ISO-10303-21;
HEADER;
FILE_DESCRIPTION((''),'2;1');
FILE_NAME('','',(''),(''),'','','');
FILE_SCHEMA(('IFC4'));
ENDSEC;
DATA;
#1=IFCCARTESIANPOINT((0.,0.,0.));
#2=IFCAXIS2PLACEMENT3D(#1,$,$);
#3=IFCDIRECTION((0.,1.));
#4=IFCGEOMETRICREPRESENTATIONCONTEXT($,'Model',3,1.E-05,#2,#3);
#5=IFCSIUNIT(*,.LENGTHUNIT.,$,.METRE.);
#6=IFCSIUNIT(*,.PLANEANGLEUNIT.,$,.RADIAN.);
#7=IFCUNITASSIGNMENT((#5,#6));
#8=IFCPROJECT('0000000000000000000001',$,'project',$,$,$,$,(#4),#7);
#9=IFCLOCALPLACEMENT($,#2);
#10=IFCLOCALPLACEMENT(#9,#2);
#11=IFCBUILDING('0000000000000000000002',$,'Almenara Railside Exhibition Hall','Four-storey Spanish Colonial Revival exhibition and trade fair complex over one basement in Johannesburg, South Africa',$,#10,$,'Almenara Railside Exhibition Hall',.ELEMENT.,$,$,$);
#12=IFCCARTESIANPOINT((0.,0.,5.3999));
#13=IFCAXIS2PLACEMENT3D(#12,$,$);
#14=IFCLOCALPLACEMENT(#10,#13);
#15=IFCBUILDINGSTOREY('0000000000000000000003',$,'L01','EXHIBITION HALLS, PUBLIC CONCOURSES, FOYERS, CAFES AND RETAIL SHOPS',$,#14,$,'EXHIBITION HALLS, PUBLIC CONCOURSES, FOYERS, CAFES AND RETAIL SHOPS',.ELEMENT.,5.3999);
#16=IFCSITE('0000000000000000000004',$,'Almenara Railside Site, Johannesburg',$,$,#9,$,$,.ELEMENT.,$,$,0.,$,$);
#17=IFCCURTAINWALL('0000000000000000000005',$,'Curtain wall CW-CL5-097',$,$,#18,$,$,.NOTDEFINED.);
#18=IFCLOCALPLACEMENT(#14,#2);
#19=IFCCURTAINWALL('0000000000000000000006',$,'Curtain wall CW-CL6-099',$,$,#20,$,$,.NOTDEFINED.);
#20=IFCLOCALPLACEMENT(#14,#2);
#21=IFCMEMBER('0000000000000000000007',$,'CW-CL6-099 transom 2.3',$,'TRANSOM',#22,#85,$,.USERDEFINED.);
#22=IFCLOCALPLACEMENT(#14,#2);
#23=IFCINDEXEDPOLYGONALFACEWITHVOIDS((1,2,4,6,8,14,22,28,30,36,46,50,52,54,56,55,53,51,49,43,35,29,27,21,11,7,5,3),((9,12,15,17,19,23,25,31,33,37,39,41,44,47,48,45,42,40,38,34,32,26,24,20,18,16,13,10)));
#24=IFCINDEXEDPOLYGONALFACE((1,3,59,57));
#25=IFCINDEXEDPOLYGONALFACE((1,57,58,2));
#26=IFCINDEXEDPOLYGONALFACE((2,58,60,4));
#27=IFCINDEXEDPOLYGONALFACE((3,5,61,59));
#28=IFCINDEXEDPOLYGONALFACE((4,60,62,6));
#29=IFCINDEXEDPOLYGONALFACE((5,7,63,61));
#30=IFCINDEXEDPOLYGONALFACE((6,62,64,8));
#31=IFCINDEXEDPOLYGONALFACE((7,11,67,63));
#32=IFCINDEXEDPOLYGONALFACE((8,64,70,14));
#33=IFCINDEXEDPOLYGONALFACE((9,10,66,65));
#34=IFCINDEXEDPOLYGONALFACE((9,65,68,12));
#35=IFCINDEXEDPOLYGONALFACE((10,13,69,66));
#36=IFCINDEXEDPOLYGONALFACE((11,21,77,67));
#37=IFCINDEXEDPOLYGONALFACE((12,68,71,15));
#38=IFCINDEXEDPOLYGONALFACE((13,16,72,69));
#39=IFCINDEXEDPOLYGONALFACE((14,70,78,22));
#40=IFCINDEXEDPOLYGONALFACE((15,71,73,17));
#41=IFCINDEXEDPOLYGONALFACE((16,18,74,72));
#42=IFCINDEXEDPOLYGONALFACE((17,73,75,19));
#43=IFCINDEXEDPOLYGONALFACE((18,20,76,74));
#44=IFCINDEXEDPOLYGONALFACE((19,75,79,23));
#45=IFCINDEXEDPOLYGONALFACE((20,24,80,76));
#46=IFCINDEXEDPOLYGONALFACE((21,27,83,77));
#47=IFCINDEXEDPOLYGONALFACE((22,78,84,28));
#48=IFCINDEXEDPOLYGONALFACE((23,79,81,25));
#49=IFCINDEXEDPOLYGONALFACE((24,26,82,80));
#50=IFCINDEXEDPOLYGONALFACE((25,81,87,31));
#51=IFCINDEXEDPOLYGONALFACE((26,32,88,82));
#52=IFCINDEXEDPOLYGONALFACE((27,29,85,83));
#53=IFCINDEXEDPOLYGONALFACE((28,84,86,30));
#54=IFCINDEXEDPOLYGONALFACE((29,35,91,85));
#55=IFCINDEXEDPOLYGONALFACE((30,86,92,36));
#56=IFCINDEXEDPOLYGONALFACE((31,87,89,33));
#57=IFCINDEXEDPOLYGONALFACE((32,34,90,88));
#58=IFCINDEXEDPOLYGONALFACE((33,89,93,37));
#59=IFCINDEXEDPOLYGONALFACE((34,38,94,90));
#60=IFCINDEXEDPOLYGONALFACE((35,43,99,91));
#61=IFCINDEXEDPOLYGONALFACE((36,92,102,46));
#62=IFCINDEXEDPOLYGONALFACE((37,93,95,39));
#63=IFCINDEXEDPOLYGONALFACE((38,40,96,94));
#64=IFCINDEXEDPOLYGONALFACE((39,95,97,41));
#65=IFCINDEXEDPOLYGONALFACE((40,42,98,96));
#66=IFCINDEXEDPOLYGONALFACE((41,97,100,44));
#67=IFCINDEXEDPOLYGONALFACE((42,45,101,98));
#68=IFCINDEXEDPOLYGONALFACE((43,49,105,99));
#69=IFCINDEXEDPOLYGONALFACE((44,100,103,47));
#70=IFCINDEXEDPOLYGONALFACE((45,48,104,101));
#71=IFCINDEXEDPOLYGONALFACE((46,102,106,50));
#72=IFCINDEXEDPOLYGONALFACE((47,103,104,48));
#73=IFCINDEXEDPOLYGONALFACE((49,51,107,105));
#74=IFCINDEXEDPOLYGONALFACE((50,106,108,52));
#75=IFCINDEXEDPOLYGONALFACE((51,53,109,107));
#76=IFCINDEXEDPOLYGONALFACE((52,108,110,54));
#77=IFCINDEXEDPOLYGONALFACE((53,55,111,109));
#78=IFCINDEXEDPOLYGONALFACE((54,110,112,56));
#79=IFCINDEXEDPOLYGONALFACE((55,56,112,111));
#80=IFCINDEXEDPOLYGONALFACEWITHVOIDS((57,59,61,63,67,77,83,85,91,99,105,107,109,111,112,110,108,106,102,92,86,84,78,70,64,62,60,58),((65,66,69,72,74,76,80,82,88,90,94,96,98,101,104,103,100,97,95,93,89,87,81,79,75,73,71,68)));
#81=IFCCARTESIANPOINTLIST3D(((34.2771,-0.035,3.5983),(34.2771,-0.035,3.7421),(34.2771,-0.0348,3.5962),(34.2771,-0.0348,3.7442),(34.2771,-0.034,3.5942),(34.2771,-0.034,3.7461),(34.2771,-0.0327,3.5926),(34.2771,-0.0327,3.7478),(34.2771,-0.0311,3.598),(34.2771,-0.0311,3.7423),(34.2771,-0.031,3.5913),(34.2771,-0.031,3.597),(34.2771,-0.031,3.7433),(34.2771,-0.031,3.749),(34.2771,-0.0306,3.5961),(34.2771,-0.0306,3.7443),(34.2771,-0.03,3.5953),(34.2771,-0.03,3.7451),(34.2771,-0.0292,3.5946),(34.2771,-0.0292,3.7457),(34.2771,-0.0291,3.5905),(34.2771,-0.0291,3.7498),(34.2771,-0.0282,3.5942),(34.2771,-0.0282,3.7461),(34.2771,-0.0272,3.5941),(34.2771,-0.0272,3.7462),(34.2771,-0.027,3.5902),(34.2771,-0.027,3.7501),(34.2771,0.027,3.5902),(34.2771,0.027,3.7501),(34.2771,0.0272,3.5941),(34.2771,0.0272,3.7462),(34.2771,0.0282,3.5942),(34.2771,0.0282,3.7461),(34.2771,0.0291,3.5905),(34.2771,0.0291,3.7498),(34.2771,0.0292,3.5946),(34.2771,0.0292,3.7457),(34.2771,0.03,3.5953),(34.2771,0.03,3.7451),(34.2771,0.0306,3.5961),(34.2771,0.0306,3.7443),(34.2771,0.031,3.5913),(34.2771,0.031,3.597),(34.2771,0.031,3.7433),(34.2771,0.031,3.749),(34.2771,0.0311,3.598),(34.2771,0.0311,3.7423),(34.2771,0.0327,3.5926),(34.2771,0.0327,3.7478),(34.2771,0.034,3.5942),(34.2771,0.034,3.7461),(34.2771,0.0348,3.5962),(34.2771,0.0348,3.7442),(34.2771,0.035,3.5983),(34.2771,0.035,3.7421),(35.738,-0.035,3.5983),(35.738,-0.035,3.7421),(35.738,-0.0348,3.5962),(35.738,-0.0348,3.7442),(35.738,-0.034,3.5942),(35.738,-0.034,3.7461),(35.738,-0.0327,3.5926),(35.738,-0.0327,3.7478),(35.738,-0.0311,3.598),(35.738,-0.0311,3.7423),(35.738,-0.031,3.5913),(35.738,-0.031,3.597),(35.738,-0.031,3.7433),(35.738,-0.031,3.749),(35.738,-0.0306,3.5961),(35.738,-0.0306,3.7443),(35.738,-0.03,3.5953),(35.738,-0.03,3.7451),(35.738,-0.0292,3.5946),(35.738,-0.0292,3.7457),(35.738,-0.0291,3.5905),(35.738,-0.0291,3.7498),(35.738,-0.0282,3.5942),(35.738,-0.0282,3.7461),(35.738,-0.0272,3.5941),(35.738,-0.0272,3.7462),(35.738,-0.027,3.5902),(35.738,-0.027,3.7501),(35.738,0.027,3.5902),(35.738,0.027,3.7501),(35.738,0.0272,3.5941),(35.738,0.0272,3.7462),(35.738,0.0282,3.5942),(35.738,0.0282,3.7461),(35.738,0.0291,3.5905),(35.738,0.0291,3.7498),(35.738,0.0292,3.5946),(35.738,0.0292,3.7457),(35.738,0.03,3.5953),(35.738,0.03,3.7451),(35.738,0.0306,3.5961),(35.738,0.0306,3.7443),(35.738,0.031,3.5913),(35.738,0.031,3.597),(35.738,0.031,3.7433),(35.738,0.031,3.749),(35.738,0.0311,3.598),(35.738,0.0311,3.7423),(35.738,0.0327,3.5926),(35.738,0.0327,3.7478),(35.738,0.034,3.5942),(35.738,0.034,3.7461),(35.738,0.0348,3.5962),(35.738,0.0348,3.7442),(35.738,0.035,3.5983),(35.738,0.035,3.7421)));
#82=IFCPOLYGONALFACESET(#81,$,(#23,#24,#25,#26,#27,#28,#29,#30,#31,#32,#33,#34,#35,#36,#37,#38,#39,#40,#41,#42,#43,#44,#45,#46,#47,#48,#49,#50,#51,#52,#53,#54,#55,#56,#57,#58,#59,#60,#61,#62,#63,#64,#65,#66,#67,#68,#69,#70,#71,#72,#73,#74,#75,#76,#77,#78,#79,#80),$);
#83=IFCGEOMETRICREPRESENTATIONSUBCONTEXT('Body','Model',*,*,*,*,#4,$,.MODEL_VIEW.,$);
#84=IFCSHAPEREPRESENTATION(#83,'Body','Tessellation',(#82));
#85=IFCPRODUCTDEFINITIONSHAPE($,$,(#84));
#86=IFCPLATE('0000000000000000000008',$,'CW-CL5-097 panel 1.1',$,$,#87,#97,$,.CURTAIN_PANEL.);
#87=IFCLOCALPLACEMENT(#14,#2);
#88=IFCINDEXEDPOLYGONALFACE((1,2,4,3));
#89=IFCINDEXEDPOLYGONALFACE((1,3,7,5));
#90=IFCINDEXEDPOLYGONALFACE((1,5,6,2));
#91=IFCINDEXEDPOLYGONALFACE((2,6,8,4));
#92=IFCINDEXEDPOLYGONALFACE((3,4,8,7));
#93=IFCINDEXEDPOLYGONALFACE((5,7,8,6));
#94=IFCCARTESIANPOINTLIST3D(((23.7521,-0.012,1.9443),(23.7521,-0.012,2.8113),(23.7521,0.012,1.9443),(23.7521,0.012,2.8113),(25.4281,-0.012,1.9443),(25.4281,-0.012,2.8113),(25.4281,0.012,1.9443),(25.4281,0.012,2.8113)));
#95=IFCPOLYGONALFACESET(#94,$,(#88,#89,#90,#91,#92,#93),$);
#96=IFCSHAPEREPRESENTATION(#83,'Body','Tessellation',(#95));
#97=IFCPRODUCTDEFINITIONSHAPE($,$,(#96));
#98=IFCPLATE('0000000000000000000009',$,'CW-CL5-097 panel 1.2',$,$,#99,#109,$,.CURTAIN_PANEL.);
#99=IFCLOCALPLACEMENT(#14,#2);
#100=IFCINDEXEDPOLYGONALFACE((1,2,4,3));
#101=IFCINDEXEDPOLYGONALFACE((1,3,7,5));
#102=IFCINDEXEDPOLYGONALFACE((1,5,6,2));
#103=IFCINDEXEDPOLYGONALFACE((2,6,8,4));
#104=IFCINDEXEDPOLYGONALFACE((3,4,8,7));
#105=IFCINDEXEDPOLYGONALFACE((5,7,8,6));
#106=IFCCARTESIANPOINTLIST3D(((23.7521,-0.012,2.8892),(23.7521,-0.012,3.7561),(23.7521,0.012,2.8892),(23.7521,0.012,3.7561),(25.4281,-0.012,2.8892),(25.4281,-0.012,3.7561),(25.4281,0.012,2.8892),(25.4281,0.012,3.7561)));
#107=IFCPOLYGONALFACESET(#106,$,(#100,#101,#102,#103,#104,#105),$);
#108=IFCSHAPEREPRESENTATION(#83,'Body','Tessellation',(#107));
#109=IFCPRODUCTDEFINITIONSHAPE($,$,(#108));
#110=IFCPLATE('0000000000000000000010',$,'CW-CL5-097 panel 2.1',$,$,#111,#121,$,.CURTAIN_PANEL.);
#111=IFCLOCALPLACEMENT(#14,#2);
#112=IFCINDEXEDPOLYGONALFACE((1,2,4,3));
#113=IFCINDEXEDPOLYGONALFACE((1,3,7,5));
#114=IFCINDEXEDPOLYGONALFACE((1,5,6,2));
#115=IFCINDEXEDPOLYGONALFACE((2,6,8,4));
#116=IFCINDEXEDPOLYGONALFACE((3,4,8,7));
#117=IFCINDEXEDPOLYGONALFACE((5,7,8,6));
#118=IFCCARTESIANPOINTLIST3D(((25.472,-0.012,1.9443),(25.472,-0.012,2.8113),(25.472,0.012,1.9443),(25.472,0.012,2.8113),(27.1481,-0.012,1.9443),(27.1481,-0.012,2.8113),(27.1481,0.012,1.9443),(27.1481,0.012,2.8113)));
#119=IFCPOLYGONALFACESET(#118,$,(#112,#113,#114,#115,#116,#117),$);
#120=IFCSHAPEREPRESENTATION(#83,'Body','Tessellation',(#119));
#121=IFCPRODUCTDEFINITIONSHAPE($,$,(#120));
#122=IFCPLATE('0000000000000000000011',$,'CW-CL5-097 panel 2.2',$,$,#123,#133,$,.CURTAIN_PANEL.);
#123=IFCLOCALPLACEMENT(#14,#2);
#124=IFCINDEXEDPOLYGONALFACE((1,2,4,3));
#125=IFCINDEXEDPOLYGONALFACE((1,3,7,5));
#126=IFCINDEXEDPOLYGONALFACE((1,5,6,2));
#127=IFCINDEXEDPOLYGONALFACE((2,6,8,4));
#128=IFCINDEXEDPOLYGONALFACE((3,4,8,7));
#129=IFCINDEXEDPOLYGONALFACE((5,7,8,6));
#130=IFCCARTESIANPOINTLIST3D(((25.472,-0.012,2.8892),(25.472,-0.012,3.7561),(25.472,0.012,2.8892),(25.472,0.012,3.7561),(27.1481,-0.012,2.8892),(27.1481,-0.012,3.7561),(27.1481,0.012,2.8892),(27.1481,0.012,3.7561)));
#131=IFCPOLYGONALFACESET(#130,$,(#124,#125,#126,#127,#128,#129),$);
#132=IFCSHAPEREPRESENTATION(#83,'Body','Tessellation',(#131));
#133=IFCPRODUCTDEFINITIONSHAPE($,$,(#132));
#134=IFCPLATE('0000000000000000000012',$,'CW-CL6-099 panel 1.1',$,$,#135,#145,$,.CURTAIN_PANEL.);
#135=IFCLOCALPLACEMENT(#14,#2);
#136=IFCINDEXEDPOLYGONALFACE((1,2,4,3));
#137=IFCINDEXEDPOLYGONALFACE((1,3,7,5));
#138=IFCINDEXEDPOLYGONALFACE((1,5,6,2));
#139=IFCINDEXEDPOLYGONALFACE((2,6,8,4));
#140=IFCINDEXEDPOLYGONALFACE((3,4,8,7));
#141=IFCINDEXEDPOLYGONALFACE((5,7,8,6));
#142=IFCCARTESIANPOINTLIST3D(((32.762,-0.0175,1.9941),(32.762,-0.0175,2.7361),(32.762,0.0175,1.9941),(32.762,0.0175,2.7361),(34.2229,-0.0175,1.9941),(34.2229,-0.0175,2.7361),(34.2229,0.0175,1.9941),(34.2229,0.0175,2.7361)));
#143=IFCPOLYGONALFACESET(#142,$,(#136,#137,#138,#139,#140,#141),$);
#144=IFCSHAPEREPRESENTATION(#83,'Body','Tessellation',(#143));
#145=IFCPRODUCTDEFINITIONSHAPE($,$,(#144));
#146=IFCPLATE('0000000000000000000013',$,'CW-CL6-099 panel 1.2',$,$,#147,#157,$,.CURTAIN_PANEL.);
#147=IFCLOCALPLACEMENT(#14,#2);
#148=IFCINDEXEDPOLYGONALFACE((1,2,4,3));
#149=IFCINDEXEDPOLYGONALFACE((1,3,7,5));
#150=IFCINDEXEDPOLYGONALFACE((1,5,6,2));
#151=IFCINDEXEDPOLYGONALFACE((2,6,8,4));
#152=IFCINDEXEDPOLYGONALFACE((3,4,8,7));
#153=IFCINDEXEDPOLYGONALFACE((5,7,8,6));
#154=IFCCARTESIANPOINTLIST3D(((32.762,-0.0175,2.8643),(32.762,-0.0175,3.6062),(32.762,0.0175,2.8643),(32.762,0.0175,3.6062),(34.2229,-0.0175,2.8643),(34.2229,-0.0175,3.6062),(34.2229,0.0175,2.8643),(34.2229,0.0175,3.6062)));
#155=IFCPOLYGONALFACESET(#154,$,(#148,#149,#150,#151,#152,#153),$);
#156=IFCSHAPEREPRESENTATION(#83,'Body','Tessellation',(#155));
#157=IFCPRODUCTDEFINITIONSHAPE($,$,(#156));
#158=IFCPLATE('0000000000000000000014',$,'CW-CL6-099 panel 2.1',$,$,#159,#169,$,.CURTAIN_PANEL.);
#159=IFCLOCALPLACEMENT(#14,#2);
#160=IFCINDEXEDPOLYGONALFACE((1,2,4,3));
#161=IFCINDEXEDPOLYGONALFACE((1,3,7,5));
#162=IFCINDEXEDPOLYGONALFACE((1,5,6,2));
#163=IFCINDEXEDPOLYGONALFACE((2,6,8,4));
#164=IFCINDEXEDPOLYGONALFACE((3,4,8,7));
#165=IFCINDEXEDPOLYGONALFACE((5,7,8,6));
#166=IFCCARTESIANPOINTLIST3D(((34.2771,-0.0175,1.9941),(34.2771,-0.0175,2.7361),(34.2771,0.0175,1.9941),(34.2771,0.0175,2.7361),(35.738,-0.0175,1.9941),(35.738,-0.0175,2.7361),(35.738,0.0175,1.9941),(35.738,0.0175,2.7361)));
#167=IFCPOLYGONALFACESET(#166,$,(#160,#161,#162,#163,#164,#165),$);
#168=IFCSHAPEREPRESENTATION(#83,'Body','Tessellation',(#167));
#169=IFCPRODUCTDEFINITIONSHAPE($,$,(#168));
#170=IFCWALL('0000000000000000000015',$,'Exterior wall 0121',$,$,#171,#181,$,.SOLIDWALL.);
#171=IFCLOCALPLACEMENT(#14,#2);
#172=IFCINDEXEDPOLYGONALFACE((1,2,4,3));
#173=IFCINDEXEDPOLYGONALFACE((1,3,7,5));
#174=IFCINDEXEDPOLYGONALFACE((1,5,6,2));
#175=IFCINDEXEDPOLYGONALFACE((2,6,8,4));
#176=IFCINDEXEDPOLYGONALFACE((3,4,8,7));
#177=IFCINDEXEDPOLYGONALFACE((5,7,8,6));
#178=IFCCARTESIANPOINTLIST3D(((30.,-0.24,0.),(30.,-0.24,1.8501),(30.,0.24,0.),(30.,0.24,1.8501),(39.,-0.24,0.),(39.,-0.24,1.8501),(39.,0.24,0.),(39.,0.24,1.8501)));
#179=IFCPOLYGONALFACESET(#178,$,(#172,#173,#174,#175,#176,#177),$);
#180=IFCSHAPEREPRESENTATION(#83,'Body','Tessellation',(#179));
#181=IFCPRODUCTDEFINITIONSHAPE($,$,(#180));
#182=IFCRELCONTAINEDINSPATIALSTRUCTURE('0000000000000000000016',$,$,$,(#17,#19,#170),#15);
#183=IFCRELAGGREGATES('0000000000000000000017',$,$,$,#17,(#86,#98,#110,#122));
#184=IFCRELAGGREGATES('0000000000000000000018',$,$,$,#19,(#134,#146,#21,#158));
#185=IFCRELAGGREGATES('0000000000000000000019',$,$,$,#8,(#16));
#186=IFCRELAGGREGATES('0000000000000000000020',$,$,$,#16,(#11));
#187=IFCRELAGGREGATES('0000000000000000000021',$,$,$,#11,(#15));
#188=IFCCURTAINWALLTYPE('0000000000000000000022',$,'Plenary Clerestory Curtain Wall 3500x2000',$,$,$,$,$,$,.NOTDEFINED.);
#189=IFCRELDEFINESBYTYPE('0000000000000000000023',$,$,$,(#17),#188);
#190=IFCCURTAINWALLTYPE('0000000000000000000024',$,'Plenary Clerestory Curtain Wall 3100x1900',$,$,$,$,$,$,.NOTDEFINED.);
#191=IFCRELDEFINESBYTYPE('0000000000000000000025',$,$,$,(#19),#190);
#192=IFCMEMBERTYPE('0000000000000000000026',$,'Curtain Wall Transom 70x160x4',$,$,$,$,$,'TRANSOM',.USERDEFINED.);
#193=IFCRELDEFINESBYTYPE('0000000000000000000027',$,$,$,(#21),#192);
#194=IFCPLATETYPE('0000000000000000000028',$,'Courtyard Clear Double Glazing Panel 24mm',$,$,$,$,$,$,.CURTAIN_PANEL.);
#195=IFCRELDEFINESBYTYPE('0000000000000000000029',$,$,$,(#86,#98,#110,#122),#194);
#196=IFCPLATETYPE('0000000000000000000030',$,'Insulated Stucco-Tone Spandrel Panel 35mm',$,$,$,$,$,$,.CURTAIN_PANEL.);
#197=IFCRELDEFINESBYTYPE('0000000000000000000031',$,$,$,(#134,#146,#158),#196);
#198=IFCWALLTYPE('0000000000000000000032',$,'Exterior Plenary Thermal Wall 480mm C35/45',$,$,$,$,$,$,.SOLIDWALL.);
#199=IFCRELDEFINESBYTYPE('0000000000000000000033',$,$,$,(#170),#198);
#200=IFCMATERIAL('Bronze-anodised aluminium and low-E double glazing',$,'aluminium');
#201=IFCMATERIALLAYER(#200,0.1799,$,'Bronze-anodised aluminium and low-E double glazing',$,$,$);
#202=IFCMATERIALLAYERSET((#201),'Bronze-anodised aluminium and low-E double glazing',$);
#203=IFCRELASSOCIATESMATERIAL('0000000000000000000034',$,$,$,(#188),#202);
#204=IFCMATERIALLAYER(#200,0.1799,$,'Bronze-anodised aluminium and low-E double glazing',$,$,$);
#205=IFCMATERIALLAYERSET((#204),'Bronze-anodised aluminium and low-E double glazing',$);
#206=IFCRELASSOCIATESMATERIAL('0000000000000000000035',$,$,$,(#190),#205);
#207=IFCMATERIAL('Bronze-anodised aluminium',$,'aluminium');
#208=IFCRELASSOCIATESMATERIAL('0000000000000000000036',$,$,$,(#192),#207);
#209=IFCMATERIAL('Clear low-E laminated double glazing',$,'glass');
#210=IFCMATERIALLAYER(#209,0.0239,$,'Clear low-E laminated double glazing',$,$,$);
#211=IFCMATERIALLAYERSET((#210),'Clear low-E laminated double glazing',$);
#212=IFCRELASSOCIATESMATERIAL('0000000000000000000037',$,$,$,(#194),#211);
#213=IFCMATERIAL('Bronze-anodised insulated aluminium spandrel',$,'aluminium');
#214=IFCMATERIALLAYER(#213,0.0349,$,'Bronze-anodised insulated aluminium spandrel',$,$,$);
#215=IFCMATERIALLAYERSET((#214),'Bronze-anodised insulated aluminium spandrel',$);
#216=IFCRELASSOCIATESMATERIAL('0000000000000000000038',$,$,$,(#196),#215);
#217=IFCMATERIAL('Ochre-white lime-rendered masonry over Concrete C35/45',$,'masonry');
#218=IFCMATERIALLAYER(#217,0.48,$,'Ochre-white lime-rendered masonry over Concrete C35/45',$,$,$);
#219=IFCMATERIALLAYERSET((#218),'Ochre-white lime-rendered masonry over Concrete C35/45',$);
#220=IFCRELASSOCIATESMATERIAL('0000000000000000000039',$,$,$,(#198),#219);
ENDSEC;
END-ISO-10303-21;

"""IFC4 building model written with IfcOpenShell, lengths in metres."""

from ifc_helpers import new_model, si_unit, direction, frame, frame_2d, origin, origin_2d, place, context, subcontext, project, spatial, rectangle, hollow_rectangle, extrude, material, layer, layer_set, material_profile, profile_set, type_object, element, aggregate, save


model = new_model("IFC4")

# Units and contexts
model_context = context("Model", 3, precision=1e-05, world=origin(), true_north=direction((0.0, 1.0)))
body_context = subcontext(model_context, "Body", "Model", "MODEL_VIEW")
ifc_project = project(units=[si_unit("LENGTHUNIT", "METRE"), si_unit("PLANEANGLEUNIT", "RADIAN")], contexts=[model_context])

# Site, building, storey
site_placement = place(None, origin())
site = spatial("IfcSite", under=ifc_project, at=site_placement, Name="Almenara Railside Site, Johannesburg", CompositionType="ELEMENT", RefElevation=0.0)
building_placement = place(site_placement, origin())
building = spatial("IfcBuilding", under=site, at=building_placement, Name="Almenara Railside Exhibition Hall", Description="Four-storey Spanish Colonial Revival exhibition and trade fair complex over one basement in Johannesburg, South Africa", LongName="Almenara Railside Exhibition Hall", CompositionType="ELEMENT")
storey_placement = place(building_placement, frame((0.0, 0.0, 5.3999)))
storey = spatial("IfcBuildingStorey", under=building, at=storey_placement, Name="L01", Description="EXHIBITION HALLS, PUBLIC CONCOURSES, FOYERS, CAFES AND RETAIL SHOPS", LongName="EXHIBITION HALLS, PUBLIC CONCOURSES, FOYERS, CAFES AND RETAIL SHOPS", CompositionType="ELEMENT", Elevation=5.3999)

# Curtain walls
ifc_material_1 = material(Name="Bronze-anodised aluminium and low-E double glazing", Category="aluminium")
ifc_layer_1 = layer(ifc_material_1, 0.1799, Name="Bronze-anodised aluminium and low-E double glazing")
ifc_layer_set_1 = layer_set([ifc_layer_1], Name="Bronze-anodised aluminium and low-E double glazing")
curtain_wall_type_1 = type_object("IfcCurtainWallType", Name="Plenary Clerestory Curtain Wall 3500x2000", PredefinedType="NOTDEFINED", material=ifc_layer_set_1)
curtain_wall_1_placement = place(storey_placement, origin())
curtain_wall_1 = element("IfcCurtainWall", 1, at=curtain_wall_1_placement, inside=storey, type_object=curtain_wall_type_1, Name="Curtain wall CW-CL5-097", PredefinedType="NOTDEFINED")
ifc_material_2 = material(Name="Bronze-anodised aluminium", Category="aluminium")
ifc_layer_2 = layer(ifc_material_1, 0.1799, Name="Bronze-anodised aluminium and low-E double glazing")
ifc_layer_set_2 = layer_set([ifc_layer_2], Name="Bronze-anodised aluminium and low-E double glazing")
curtain_wall_type_2 = type_object("IfcCurtainWallType", Name="Plenary Clerestory Curtain Wall 3100x1900", PredefinedType="NOTDEFINED", material=ifc_layer_set_2)
curtain_wall_2_placement = place(storey_placement, origin())
curtain_wall_2 = element("IfcCurtainWall", 2, at=curtain_wall_2_placement, inside=storey, type_object=curtain_wall_type_2, Name="Curtain wall CW-CL6-099", PredefinedType="NOTDEFINED")

# Member
ifc_material_profile_1 = material_profile(ifc_material_2, hollow_rectangle(XDim=0.0701, YDim=0.1599, WallThickness=0.0039, InnerFilletRadius=0.0039, OuterFilletRadius=0.0081, at=origin_2d()), Name="ALU-TRN 70x160x4")
ifc_profile_set_1 = profile_set([ifc_material_profile_1], Name="Bronze-anodised aluminium")
member_type_1 = type_object("IfcMemberType", Name="Curtain Wall Transom 70x160x4", ElementType="TRANSOM", PredefinedType="USERDEFINED", material=ifc_profile_set_1)
member_1_placement = place(storey_placement, frame((34.2771, 0.0, 3.6702), z_axis=(1.0, 0.0, 0.0), x_axis=(0.0, 1.0, 0.0)))
member_1 = element("IfcMember", 3, at=member_1_placement, type_object=member_type_1, Name="CW-CL6-099 transom 2.3", ObjectType="TRANSOM", PredefinedType="USERDEFINED", context=body_context, shape_type="SweptSolid", body=[
    extrude(hollow_rectangle(XDim=0.0701, YDim=0.1599, WallThickness=0.0039, InnerFilletRadius=0.0039, OuterFilletRadius=0.0081, at=origin_2d()), origin(), (0.0, 0.0, 1.0), 1.4609),
])

# Plates
ifc_material_3 = material(Name="Clear low-E laminated double glazing", Category="glass")
ifc_layer_3 = layer(ifc_material_3, 0.0239, Name="Clear low-E laminated double glazing")
ifc_layer_set_3 = layer_set([ifc_layer_3], Name="Clear low-E laminated double glazing")
plate_type_1 = type_object("IfcPlateType", Name="Courtyard Clear Double Glazing Panel 24mm", PredefinedType="CURTAIN_PANEL", material=ifc_layer_set_3)
plate_1_placement = place(storey_placement, frame((24.5901, 0.0, 1.9443), z_axis=(0.0, 0.0, 1.0), x_axis=(1.0, 0.0, 0.0)))
plate_1 = element("IfcPlate", 4, at=plate_1_placement, type_object=plate_type_1, Name="CW-CL5-097 panel 1.1", PredefinedType="CURTAIN_PANEL", context=body_context, shape_type="SweptSolid", body=[
    extrude(rectangle(XDim=1.676, YDim=0.0239, at=origin_2d()), origin(), (0.0, 0.0, 1.0), 0.8669),
])
plate_2_placement = place(storey_placement, frame((24.5901, 0.0, 2.8892), z_axis=(0.0, 0.0, 1.0), x_axis=(1.0, 0.0, 0.0)))
plate_2 = element("IfcPlate", 5, at=plate_2_placement, type_object=plate_type_1, Name="CW-CL5-097 panel 1.2", PredefinedType="CURTAIN_PANEL", context=body_context, shape_type="SweptSolid", body=[
    extrude(rectangle(XDim=1.676, YDim=0.0239, at=origin_2d()), origin(), (0.0, 0.0, 1.0), 0.8669),
])
plate_3_placement = place(storey_placement, frame((26.3101, 0.0, 1.9443), z_axis=(0.0, 0.0, 1.0), x_axis=(1.0, 0.0, 0.0)))
plate_3 = element("IfcPlate", 6, at=plate_3_placement, type_object=plate_type_1, Name="CW-CL5-097 panel 2.1", PredefinedType="CURTAIN_PANEL", context=body_context, shape_type="SweptSolid", body=[
    extrude(rectangle(XDim=1.676, YDim=0.0239, at=origin_2d()), origin(), (0.0, 0.0, 1.0), 0.8669),
])
plate_4_placement = place(storey_placement, frame((26.3101, 0.0, 2.8892), z_axis=(0.0, 0.0, 1.0), x_axis=(1.0, 0.0, 0.0)))
plate_4 = element("IfcPlate", 7, at=plate_4_placement, type_object=plate_type_1, Name="CW-CL5-097 panel 2.2", PredefinedType="CURTAIN_PANEL", context=body_context, shape_type="SweptSolid", body=[
    extrude(rectangle(XDim=1.676, YDim=0.0239, at=origin_2d()), origin(), (0.0, 0.0, 1.0), 0.8669),
])
aggregate(curtain_wall_1, [plate_1, plate_2, plate_3, plate_4])
ifc_material_4 = material(Name="Bronze-anodised insulated aluminium spandrel", Category="aluminium")
ifc_layer_4 = layer(ifc_material_4, 0.0349, Name="Bronze-anodised insulated aluminium spandrel")
ifc_layer_set_4 = layer_set([ifc_layer_4], Name="Bronze-anodised insulated aluminium spandrel")
plate_type_2 = type_object("IfcPlateType", Name="Insulated Stucco-Tone Spandrel Panel 35mm", PredefinedType="CURTAIN_PANEL", material=ifc_layer_set_4)
plate_5_placement = place(storey_placement, frame((33.4924, 0.0, 1.9941), z_axis=(0.0, 0.0, 1.0), x_axis=(1.0, 0.0, 0.0)))
plate_5 = element("IfcPlate", 8, at=plate_5_placement, type_object=plate_type_2, Name="CW-CL6-099 panel 1.1", PredefinedType="CURTAIN_PANEL", context=body_context, shape_type="SweptSolid", body=[
    extrude(rectangle(XDim=1.4609, YDim=0.0349, at=origin_2d()), origin(), (0.0, 0.0, 1.0), 0.7419),
])
plate_6_placement = place(storey_placement, frame((33.4924, 0.0, 2.8643), z_axis=(0.0, 0.0, 1.0), x_axis=(1.0, 0.0, 0.0)))
plate_6 = element("IfcPlate", 9, at=plate_6_placement, type_object=plate_type_2, Name="CW-CL6-099 panel 1.2", PredefinedType="CURTAIN_PANEL", context=body_context, shape_type="SweptSolid", body=[
    extrude(rectangle(XDim=1.4609, YDim=0.0349, at=origin_2d()), origin(), (0.0, 0.0, 1.0), 0.7419),
])
plate_7_placement = place(storey_placement, frame((35.0076, 0.0, 1.9941), z_axis=(0.0, 0.0, 1.0), x_axis=(1.0, 0.0, 0.0)))
plate_7 = element("IfcPlate", 10, at=plate_7_placement, type_object=plate_type_2, Name="CW-CL6-099 panel 2.1", PredefinedType="CURTAIN_PANEL", context=body_context, shape_type="SweptSolid", body=[
    extrude(rectangle(XDim=1.4609, YDim=0.0349, at=origin_2d()), origin(), (0.0, 0.0, 1.0), 0.7419),
])
aggregate(curtain_wall_2, [plate_5, plate_6, member_1, plate_7])

# Wall
ifc_material_5 = material(Name="Ochre-white lime-rendered masonry over Concrete C35/45", Category="masonry")
ifc_layer_5 = layer(ifc_material_5, 0.48, Name="Ochre-white lime-rendered masonry over Concrete C35/45")
ifc_layer_set_5 = layer_set([ifc_layer_5], Name="Ochre-white lime-rendered masonry over Concrete C35/45")
wall_type = type_object("IfcWallType", Name="Exterior Plenary Thermal Wall 480mm C35/45", PredefinedType="SOLIDWALL", material=ifc_layer_set_5)
wall_placement = place(storey_placement, frame((30.0, 0.0, 0.0), z_axis=(0.0, 0.0, 1.0), x_axis=(1.0, 0.0, 0.0)))
element("IfcWall", 11, at=wall_placement, inside=storey, type_object=wall_type, Name="Exterior wall 0121", PredefinedType="SOLIDWALL", context=body_context, shape_type="SweptSolid", body=[
    extrude(rectangle(XDim=9.0, YDim=0.48, at=frame_2d((4.5, 0.0))), origin(), (0.0, 0.0, 1.0), 1.8501),
])

save(model, "model.ifc")
